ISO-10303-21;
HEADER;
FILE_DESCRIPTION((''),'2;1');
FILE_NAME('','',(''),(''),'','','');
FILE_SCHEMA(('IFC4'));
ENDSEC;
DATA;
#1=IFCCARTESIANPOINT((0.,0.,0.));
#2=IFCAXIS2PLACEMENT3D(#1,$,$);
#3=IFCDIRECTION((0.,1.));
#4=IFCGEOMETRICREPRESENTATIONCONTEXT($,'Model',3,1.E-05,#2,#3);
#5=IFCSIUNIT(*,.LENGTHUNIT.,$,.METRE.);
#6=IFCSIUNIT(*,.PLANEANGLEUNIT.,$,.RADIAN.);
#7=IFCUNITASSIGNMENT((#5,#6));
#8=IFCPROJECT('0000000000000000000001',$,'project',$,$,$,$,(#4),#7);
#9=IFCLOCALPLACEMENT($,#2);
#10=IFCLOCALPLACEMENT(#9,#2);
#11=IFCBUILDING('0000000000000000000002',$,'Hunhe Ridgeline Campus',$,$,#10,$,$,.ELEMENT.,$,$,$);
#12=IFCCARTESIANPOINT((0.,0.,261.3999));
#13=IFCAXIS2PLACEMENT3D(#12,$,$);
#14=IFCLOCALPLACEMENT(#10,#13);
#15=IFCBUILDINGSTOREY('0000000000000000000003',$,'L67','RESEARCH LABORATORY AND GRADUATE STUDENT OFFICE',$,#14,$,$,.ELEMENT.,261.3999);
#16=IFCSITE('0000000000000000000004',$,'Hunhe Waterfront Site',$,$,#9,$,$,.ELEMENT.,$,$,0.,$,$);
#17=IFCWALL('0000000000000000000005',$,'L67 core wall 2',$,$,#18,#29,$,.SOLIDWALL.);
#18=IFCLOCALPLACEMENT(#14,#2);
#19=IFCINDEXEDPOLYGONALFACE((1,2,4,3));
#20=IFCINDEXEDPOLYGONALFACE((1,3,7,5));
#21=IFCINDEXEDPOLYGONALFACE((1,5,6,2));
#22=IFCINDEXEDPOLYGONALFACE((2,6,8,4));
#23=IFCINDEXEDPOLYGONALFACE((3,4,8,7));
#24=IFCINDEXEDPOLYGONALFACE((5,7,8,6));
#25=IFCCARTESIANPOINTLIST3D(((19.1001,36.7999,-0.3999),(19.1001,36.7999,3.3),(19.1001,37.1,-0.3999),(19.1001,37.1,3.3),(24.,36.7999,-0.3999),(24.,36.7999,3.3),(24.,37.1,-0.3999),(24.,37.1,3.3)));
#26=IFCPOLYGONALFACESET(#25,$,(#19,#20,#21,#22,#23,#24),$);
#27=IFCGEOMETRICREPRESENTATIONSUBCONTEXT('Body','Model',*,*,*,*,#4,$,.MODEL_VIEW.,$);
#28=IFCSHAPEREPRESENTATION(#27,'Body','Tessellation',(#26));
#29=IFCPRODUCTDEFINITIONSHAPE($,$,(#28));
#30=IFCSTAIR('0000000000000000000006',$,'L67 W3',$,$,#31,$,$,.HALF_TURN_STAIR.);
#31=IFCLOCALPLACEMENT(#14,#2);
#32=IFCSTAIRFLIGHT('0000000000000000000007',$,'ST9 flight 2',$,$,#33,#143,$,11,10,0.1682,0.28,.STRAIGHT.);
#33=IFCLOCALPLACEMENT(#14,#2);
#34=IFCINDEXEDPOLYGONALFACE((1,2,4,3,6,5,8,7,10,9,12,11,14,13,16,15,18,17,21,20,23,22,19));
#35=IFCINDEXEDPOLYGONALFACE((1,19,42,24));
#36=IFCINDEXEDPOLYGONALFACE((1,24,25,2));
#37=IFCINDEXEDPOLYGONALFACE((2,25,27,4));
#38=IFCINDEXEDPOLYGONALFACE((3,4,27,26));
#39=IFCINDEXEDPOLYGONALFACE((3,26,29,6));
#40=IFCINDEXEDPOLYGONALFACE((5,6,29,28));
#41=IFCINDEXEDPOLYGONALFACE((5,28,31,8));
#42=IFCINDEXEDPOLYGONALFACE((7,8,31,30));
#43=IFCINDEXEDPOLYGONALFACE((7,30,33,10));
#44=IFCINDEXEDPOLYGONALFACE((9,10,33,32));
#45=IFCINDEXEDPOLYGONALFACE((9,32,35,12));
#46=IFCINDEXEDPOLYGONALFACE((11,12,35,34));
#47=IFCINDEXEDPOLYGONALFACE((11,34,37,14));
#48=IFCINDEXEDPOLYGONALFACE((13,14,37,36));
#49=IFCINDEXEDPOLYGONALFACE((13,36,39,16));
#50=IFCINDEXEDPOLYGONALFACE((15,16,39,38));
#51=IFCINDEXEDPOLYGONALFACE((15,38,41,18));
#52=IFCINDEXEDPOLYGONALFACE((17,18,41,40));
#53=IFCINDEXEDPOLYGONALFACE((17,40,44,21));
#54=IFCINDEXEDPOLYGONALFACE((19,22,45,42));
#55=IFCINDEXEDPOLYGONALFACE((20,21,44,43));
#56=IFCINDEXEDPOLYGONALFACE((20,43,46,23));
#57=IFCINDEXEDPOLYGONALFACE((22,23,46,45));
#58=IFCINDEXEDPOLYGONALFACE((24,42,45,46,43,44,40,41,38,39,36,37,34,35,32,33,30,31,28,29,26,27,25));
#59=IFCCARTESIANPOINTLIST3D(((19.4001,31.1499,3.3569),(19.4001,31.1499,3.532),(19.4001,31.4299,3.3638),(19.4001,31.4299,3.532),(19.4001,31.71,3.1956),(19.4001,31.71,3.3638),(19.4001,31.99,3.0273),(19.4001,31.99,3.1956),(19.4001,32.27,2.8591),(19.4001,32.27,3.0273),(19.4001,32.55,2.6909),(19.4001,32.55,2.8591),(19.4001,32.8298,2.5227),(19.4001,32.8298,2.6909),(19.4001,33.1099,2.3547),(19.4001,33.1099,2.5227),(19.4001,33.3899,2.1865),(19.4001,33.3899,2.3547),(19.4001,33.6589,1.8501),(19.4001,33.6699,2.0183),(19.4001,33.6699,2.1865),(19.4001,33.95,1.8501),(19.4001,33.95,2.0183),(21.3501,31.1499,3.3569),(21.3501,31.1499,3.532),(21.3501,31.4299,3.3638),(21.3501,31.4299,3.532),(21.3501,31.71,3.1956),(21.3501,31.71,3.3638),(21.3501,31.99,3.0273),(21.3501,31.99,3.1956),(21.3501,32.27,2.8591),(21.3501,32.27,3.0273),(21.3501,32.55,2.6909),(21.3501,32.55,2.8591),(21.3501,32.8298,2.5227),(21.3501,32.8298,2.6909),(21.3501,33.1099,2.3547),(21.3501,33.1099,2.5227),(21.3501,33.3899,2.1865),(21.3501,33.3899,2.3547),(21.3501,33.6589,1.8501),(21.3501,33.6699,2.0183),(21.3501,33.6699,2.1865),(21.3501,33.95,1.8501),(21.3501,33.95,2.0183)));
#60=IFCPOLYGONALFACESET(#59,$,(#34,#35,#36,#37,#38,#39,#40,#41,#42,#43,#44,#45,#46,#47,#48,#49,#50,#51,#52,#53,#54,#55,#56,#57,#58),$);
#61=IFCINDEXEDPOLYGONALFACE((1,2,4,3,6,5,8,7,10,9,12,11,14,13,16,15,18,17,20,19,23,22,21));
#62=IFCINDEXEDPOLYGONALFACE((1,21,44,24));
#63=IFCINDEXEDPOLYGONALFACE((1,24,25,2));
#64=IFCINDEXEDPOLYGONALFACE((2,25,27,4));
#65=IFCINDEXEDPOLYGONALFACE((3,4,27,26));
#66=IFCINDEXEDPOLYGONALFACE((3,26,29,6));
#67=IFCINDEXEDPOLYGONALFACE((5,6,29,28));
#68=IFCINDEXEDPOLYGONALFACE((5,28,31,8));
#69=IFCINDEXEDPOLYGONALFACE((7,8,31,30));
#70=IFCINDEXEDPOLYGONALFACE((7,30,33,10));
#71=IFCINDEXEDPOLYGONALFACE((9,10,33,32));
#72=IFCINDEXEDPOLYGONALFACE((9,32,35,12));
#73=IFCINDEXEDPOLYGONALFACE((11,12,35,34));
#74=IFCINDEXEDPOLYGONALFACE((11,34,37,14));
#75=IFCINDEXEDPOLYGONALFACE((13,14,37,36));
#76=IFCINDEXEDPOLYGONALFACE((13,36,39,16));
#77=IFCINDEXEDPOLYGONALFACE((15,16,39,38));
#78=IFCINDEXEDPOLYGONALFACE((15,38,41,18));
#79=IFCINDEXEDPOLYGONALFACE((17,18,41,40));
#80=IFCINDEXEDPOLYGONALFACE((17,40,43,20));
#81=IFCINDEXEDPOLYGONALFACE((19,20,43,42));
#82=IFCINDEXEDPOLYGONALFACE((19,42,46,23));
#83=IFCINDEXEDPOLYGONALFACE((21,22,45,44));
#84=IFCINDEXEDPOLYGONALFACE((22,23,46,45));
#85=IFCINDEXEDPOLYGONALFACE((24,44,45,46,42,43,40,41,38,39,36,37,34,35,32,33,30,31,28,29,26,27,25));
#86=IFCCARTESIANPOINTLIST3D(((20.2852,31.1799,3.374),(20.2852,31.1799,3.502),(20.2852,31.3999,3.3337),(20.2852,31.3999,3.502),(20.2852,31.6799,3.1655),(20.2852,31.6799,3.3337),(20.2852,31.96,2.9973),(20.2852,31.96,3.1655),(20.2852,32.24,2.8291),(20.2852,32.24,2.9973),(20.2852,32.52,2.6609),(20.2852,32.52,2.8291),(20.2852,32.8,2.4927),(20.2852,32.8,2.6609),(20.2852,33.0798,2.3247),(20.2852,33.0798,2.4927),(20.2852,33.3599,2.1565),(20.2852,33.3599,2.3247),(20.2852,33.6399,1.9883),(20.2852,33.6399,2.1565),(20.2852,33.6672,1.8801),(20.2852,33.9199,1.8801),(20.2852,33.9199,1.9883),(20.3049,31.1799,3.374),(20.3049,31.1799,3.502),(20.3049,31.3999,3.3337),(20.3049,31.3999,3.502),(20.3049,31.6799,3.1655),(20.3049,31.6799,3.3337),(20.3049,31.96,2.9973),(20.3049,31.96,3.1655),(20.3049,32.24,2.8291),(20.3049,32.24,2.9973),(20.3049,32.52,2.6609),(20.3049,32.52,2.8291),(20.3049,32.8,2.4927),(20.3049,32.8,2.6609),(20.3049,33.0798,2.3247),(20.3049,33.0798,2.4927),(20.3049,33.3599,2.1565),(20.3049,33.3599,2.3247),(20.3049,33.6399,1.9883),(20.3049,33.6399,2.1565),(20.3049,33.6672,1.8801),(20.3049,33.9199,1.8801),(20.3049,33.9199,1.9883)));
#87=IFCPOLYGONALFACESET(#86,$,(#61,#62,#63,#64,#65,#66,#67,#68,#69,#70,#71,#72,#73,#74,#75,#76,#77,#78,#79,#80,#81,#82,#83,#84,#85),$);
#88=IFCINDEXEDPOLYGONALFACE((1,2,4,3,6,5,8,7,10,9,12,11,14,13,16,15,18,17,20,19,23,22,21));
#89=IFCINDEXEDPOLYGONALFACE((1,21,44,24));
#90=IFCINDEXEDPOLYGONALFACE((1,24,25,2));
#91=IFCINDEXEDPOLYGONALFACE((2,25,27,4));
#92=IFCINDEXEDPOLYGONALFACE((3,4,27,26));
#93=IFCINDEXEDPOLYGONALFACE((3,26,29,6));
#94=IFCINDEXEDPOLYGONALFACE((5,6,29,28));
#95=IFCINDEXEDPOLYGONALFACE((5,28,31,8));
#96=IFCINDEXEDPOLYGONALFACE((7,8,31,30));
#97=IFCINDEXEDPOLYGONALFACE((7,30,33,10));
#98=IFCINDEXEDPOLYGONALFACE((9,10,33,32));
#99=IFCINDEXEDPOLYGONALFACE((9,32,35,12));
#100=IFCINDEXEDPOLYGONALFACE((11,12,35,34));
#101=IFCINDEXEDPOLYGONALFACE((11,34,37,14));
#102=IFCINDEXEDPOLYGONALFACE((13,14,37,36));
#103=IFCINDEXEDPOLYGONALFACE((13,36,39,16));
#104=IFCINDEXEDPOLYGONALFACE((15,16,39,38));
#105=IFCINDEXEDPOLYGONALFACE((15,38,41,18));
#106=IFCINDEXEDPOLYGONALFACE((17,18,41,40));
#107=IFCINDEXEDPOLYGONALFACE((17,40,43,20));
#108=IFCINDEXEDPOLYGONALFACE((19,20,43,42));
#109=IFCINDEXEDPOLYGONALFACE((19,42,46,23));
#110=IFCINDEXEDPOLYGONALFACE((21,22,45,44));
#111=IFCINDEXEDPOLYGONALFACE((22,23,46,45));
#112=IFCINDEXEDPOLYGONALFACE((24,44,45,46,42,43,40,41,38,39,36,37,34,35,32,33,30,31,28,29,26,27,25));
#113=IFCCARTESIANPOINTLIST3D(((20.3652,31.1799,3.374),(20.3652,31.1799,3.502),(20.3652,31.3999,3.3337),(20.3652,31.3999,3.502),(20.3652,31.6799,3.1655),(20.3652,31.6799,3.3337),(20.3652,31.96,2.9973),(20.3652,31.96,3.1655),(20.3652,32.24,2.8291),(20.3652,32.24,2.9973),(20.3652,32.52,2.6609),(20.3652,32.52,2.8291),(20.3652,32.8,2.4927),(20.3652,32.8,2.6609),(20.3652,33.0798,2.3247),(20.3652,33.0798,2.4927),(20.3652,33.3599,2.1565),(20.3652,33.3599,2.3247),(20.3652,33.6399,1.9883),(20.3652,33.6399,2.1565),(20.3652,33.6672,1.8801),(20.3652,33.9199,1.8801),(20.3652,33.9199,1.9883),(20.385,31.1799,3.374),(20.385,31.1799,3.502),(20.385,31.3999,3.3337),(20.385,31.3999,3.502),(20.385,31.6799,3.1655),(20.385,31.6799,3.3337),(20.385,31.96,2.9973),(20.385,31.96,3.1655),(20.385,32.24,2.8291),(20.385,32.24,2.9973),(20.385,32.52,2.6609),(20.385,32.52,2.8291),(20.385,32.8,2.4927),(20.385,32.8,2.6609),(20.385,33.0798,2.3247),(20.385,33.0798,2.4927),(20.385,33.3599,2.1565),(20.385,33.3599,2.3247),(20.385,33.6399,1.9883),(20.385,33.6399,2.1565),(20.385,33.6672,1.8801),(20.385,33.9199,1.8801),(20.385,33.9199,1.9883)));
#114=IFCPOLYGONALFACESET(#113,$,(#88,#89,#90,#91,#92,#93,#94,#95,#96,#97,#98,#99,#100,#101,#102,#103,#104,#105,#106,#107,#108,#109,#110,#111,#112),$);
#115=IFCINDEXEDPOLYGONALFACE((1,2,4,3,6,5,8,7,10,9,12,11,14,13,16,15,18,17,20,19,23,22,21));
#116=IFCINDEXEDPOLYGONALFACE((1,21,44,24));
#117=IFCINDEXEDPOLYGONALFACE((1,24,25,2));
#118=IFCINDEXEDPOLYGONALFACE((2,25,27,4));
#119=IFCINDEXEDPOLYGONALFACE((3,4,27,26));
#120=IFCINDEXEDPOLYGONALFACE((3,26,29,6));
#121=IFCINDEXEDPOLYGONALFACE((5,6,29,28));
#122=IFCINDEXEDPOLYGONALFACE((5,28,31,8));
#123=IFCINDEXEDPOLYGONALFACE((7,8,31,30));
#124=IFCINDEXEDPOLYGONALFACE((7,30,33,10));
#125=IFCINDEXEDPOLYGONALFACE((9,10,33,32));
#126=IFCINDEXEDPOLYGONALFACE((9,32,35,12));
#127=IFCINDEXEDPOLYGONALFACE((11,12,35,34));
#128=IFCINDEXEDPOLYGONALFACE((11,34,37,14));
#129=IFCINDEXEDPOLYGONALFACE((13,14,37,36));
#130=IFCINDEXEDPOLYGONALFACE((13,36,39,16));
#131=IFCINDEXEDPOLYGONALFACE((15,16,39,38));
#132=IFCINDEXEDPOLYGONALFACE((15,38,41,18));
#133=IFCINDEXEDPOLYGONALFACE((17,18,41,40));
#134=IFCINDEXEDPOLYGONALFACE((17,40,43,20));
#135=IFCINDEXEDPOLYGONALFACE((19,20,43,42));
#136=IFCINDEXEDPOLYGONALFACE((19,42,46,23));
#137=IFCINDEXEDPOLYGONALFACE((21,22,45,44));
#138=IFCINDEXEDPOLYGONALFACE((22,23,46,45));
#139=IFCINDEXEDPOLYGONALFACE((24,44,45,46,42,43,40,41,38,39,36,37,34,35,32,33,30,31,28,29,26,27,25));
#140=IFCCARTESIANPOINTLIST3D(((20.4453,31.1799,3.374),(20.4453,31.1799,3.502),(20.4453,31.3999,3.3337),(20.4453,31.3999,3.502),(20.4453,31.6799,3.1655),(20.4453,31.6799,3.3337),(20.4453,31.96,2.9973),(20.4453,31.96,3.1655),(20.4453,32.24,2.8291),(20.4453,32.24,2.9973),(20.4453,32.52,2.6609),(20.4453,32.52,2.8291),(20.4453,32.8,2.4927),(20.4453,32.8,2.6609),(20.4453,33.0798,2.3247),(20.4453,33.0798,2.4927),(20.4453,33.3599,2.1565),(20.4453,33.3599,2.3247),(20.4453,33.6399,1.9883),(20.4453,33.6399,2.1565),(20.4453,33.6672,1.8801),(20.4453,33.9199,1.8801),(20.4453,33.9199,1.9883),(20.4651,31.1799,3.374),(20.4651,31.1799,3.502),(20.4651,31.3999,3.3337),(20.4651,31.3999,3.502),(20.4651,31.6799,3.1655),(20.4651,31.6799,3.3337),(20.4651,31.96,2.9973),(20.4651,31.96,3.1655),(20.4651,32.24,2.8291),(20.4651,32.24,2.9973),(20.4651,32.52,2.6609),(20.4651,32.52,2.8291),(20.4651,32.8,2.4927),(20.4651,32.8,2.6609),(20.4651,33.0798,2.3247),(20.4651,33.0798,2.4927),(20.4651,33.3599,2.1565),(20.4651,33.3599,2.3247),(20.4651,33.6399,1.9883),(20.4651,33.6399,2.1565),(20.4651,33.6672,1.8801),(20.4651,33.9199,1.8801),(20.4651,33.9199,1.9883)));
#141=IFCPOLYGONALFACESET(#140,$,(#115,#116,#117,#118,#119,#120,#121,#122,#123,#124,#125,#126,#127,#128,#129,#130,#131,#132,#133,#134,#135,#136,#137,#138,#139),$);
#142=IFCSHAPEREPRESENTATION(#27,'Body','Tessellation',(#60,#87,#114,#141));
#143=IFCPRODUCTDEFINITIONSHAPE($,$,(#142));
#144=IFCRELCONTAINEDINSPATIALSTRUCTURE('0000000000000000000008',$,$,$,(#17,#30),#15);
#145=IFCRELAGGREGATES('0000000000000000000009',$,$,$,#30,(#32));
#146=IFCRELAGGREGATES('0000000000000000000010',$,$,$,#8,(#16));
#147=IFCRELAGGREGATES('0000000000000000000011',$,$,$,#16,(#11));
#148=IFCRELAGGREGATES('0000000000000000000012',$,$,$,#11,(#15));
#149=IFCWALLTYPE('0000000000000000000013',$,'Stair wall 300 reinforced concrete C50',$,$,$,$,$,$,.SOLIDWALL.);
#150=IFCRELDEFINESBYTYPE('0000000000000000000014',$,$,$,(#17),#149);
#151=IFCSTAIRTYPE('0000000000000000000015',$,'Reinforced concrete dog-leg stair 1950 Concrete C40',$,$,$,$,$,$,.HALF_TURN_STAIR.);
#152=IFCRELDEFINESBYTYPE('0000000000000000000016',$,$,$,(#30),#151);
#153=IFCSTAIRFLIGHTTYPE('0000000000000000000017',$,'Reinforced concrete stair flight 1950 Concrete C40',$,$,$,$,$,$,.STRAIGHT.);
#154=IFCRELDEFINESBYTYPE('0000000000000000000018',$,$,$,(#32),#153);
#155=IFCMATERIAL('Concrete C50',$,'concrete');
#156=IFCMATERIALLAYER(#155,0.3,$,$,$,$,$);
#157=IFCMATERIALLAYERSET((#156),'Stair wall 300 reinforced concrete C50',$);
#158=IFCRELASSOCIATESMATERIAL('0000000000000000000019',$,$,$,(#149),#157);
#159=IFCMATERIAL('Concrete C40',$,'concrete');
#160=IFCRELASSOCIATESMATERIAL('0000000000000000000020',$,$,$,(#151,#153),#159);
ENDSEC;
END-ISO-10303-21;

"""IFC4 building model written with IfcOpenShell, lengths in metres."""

from ifc_helpers import new_model, si_unit, direction, frame, frame_2d, origin, place, context, subcontext, project, spatial, polyline, rectangle, outline, extrude, material, layer, layer_set, type_object, element, aggregate, save


model = new_model("IFC4")

# Units and contexts
model_context = context("Model", 3, precision=1e-05, world=origin(), true_north=direction((0.0, 1.0)))
body_context = subcontext(model_context, "Body", "Model", "MODEL_VIEW")
ifc_project = project(units=[si_unit("LENGTHUNIT", "METRE"), si_unit("PLANEANGLEUNIT", "RADIAN")], contexts=[model_context])

# Site, building, storey
site_placement = place(None, origin())
site = spatial("IfcSite", under=ifc_project, at=site_placement, Name="Hunhe Waterfront Site", CompositionType="ELEMENT", RefElevation=0.0)
building_placement = place(site_placement, origin())
building = spatial("IfcBuilding", under=site, at=building_placement, Name="Hunhe Ridgeline Campus", CompositionType="ELEMENT")
storey_placement = place(building_placement, frame((0.0, 0.0, 261.3999)))
storey = spatial("IfcBuildingStorey", under=building, at=storey_placement, Name="L67", Description="RESEARCH LABORATORY AND GRADUATE STUDENT OFFICE", CompositionType="ELEMENT", Elevation=261.3999)

# Wall
ifc_material_1 = material(Name="Concrete C50", Category="concrete")
ifc_layer_1 = layer(ifc_material_1, 0.3)
ifc_layer_set_1 = layer_set([ifc_layer_1], Name="Stair wall 300 reinforced concrete C50")
wall_type_1 = type_object("IfcWallType", Name="Stair wall 300 reinforced concrete C50", PredefinedType="SOLIDWALL", material=ifc_layer_set_1)
wall_1_placement = place(storey_placement, frame((19.1001, 36.95, -0.3999), z_axis=(0.0, 0.0, 1.0), x_axis=(1.0, 0.0, 0.0)))
element("IfcWall", 1, at=wall_1_placement, inside=storey, type_object=wall_type_1, Name="L67 core wall 2", PredefinedType="SOLIDWALL", context=body_context, shape_type="SweptSolid", body=[
    extrude(rectangle(XDim=4.8999, YDim=0.3, at=frame_2d((2.45, 0.0))), origin(), (0.0, 0.0, 1.0), 3.7),
])

# Stair, stair flight
ifc_material_2 = material(Name="Concrete C40", Category="concrete")
stair_type = type_object("IfcStairType", Name="Reinforced concrete dog-leg stair 1950 Concrete C40", PredefinedType="HALF_TURN_STAIR", material=ifc_material_2)
stair_placement = place(storey_placement, origin())
stair = element("IfcStair", 2, at=stair_placement, inside=storey, type_object=stair_type, Name="L67 W3", PredefinedType="HALF_TURN_STAIR")
stair_flight_type = type_object("IfcStairFlightType", Name="Reinforced concrete stair flight 1950 Concrete C40", PredefinedType="STRAIGHT", material=ifc_material_2)
stair_flight_placement = place(storey_placement, frame((20.375, 33.95, 1.8501), z_axis=(0.0, 0.0, 1.0), x_axis=(0.0, -1.0, 0.0)))
stair_flight = element("IfcStairFlight", 3, at=stair_flight_placement, type_object=stair_flight_type, Name="ST9 flight 2", NumberOfRisers=11, NumberOfTreads=10, PredefinedType="STRAIGHT", RiserHeight=0.1682, TreadLength=0.28, context=body_context, shape_type="SweptSolid", body=[
    extrude(outline(polyline([(0.0, 0.0), (0.0, 0.1682), (0.28, 0.1682), (0.28, 0.3364), (0.5601, 0.3364), (0.5601, 0.5046), (0.8401, 0.5046), (0.8401, 0.6726), (1.1201, 0.6726), (1.1201, 0.8408), (1.3999, 0.8408), (1.3999, 1.009), (1.6799, 1.009), (1.6799, 1.1772), (1.96, 1.1772), (1.96, 1.3455), (2.24, 1.3455), (2.24, 1.5137), (2.52, 1.5137), (2.52, 1.6819), (2.8, 1.6819), (2.8, 1.8501), (2.8, 1.5068), (0.291, 0.0), (0.0, 0.0)])), frame((0.0, 0.9751, 0.0), z_axis=(0.0, -1.0, 0.0), x_axis=(1.0, 0.0, 0.0)), (0.0, 0.0, 1.0), 1.95),
    extrude(outline(polyline([(0.03, 0.03), (0.03, 0.1382), (0.3101, 0.1382), (0.3101, 0.3064), (0.5901, 0.3064), (0.5901, 0.4746), (0.8701, 0.4746), (0.8701, 0.6426), (1.1499, 0.6426), (1.1499, 0.8108), (1.4299, 0.8108), (1.4299, 0.979), (1.71, 0.979), (1.71, 1.1472), (1.99, 1.1472), (1.99, 1.3154), (2.27, 1.3154), (2.27, 1.4836), (2.55, 1.4836), (2.55, 1.6519), (2.77, 1.6519), (2.77, 1.5239), (0.2827, 0.03), (0.03, 0.03)])), frame((0.0, -0.0701, 0.0), z_axis=(0.0, -1.0, 0.0), x_axis=(1.0, 0.0, 0.0)), (0.0, 0.0, 1.0), 0.0198),
    extrude(outline(polyline([(0.03, 0.03), (0.03, 0.1382), (0.3101, 0.1382), (0.3101, 0.3064), (0.5901, 0.3064), (0.5901, 0.4746), (0.8701, 0.4746), (0.8701, 0.6426), (1.1499, 0.6426), (1.1499, 0.8108), (1.4299, 0.8108), (1.4299, 0.979), (1.71, 0.979), (1.71, 1.1472), (1.99, 1.1472), (1.99, 1.3154), (2.27, 1.3154), (2.27, 1.4836), (2.55, 1.4836), (2.55, 1.6519), (2.77, 1.6519), (2.77, 1.5239), (0.2827, 0.03), (0.03, 0.03)])), frame((0.0, 0.01, 0.0), z_axis=(0.0, -1.0, 0.0), x_axis=(1.0, 0.0, 0.0)), (0.0, 0.0, 1.0), 0.0198),
    extrude(outline(polyline([(0.03, 0.03), (0.03, 0.1382), (0.3101, 0.1382), (0.3101, 0.3064), (0.5901, 0.3064), (0.5901, 0.4746), (0.8701, 0.4746), (0.8701, 0.6426), (1.1499, 0.6426), (1.1499, 0.8108), (1.4299, 0.8108), (1.4299, 0.979), (1.71, 0.979), (1.71, 1.1472), (1.99, 1.1472), (1.99, 1.3154), (2.27, 1.3154), (2.27, 1.4836), (2.55, 1.4836), (2.55, 1.6519), (2.77, 1.6519), (2.77, 1.5239), (0.2827, 0.03), (0.03, 0.03)])), frame((0.0, 0.0901, 0.0), z_axis=(0.0, -1.0, 0.0), x_axis=(1.0, 0.0, 0.0)), (0.0, 0.0, 1.0), 0.0198),
])
aggregate(stair, [stair_flight])

save(model, "model.ifc")
